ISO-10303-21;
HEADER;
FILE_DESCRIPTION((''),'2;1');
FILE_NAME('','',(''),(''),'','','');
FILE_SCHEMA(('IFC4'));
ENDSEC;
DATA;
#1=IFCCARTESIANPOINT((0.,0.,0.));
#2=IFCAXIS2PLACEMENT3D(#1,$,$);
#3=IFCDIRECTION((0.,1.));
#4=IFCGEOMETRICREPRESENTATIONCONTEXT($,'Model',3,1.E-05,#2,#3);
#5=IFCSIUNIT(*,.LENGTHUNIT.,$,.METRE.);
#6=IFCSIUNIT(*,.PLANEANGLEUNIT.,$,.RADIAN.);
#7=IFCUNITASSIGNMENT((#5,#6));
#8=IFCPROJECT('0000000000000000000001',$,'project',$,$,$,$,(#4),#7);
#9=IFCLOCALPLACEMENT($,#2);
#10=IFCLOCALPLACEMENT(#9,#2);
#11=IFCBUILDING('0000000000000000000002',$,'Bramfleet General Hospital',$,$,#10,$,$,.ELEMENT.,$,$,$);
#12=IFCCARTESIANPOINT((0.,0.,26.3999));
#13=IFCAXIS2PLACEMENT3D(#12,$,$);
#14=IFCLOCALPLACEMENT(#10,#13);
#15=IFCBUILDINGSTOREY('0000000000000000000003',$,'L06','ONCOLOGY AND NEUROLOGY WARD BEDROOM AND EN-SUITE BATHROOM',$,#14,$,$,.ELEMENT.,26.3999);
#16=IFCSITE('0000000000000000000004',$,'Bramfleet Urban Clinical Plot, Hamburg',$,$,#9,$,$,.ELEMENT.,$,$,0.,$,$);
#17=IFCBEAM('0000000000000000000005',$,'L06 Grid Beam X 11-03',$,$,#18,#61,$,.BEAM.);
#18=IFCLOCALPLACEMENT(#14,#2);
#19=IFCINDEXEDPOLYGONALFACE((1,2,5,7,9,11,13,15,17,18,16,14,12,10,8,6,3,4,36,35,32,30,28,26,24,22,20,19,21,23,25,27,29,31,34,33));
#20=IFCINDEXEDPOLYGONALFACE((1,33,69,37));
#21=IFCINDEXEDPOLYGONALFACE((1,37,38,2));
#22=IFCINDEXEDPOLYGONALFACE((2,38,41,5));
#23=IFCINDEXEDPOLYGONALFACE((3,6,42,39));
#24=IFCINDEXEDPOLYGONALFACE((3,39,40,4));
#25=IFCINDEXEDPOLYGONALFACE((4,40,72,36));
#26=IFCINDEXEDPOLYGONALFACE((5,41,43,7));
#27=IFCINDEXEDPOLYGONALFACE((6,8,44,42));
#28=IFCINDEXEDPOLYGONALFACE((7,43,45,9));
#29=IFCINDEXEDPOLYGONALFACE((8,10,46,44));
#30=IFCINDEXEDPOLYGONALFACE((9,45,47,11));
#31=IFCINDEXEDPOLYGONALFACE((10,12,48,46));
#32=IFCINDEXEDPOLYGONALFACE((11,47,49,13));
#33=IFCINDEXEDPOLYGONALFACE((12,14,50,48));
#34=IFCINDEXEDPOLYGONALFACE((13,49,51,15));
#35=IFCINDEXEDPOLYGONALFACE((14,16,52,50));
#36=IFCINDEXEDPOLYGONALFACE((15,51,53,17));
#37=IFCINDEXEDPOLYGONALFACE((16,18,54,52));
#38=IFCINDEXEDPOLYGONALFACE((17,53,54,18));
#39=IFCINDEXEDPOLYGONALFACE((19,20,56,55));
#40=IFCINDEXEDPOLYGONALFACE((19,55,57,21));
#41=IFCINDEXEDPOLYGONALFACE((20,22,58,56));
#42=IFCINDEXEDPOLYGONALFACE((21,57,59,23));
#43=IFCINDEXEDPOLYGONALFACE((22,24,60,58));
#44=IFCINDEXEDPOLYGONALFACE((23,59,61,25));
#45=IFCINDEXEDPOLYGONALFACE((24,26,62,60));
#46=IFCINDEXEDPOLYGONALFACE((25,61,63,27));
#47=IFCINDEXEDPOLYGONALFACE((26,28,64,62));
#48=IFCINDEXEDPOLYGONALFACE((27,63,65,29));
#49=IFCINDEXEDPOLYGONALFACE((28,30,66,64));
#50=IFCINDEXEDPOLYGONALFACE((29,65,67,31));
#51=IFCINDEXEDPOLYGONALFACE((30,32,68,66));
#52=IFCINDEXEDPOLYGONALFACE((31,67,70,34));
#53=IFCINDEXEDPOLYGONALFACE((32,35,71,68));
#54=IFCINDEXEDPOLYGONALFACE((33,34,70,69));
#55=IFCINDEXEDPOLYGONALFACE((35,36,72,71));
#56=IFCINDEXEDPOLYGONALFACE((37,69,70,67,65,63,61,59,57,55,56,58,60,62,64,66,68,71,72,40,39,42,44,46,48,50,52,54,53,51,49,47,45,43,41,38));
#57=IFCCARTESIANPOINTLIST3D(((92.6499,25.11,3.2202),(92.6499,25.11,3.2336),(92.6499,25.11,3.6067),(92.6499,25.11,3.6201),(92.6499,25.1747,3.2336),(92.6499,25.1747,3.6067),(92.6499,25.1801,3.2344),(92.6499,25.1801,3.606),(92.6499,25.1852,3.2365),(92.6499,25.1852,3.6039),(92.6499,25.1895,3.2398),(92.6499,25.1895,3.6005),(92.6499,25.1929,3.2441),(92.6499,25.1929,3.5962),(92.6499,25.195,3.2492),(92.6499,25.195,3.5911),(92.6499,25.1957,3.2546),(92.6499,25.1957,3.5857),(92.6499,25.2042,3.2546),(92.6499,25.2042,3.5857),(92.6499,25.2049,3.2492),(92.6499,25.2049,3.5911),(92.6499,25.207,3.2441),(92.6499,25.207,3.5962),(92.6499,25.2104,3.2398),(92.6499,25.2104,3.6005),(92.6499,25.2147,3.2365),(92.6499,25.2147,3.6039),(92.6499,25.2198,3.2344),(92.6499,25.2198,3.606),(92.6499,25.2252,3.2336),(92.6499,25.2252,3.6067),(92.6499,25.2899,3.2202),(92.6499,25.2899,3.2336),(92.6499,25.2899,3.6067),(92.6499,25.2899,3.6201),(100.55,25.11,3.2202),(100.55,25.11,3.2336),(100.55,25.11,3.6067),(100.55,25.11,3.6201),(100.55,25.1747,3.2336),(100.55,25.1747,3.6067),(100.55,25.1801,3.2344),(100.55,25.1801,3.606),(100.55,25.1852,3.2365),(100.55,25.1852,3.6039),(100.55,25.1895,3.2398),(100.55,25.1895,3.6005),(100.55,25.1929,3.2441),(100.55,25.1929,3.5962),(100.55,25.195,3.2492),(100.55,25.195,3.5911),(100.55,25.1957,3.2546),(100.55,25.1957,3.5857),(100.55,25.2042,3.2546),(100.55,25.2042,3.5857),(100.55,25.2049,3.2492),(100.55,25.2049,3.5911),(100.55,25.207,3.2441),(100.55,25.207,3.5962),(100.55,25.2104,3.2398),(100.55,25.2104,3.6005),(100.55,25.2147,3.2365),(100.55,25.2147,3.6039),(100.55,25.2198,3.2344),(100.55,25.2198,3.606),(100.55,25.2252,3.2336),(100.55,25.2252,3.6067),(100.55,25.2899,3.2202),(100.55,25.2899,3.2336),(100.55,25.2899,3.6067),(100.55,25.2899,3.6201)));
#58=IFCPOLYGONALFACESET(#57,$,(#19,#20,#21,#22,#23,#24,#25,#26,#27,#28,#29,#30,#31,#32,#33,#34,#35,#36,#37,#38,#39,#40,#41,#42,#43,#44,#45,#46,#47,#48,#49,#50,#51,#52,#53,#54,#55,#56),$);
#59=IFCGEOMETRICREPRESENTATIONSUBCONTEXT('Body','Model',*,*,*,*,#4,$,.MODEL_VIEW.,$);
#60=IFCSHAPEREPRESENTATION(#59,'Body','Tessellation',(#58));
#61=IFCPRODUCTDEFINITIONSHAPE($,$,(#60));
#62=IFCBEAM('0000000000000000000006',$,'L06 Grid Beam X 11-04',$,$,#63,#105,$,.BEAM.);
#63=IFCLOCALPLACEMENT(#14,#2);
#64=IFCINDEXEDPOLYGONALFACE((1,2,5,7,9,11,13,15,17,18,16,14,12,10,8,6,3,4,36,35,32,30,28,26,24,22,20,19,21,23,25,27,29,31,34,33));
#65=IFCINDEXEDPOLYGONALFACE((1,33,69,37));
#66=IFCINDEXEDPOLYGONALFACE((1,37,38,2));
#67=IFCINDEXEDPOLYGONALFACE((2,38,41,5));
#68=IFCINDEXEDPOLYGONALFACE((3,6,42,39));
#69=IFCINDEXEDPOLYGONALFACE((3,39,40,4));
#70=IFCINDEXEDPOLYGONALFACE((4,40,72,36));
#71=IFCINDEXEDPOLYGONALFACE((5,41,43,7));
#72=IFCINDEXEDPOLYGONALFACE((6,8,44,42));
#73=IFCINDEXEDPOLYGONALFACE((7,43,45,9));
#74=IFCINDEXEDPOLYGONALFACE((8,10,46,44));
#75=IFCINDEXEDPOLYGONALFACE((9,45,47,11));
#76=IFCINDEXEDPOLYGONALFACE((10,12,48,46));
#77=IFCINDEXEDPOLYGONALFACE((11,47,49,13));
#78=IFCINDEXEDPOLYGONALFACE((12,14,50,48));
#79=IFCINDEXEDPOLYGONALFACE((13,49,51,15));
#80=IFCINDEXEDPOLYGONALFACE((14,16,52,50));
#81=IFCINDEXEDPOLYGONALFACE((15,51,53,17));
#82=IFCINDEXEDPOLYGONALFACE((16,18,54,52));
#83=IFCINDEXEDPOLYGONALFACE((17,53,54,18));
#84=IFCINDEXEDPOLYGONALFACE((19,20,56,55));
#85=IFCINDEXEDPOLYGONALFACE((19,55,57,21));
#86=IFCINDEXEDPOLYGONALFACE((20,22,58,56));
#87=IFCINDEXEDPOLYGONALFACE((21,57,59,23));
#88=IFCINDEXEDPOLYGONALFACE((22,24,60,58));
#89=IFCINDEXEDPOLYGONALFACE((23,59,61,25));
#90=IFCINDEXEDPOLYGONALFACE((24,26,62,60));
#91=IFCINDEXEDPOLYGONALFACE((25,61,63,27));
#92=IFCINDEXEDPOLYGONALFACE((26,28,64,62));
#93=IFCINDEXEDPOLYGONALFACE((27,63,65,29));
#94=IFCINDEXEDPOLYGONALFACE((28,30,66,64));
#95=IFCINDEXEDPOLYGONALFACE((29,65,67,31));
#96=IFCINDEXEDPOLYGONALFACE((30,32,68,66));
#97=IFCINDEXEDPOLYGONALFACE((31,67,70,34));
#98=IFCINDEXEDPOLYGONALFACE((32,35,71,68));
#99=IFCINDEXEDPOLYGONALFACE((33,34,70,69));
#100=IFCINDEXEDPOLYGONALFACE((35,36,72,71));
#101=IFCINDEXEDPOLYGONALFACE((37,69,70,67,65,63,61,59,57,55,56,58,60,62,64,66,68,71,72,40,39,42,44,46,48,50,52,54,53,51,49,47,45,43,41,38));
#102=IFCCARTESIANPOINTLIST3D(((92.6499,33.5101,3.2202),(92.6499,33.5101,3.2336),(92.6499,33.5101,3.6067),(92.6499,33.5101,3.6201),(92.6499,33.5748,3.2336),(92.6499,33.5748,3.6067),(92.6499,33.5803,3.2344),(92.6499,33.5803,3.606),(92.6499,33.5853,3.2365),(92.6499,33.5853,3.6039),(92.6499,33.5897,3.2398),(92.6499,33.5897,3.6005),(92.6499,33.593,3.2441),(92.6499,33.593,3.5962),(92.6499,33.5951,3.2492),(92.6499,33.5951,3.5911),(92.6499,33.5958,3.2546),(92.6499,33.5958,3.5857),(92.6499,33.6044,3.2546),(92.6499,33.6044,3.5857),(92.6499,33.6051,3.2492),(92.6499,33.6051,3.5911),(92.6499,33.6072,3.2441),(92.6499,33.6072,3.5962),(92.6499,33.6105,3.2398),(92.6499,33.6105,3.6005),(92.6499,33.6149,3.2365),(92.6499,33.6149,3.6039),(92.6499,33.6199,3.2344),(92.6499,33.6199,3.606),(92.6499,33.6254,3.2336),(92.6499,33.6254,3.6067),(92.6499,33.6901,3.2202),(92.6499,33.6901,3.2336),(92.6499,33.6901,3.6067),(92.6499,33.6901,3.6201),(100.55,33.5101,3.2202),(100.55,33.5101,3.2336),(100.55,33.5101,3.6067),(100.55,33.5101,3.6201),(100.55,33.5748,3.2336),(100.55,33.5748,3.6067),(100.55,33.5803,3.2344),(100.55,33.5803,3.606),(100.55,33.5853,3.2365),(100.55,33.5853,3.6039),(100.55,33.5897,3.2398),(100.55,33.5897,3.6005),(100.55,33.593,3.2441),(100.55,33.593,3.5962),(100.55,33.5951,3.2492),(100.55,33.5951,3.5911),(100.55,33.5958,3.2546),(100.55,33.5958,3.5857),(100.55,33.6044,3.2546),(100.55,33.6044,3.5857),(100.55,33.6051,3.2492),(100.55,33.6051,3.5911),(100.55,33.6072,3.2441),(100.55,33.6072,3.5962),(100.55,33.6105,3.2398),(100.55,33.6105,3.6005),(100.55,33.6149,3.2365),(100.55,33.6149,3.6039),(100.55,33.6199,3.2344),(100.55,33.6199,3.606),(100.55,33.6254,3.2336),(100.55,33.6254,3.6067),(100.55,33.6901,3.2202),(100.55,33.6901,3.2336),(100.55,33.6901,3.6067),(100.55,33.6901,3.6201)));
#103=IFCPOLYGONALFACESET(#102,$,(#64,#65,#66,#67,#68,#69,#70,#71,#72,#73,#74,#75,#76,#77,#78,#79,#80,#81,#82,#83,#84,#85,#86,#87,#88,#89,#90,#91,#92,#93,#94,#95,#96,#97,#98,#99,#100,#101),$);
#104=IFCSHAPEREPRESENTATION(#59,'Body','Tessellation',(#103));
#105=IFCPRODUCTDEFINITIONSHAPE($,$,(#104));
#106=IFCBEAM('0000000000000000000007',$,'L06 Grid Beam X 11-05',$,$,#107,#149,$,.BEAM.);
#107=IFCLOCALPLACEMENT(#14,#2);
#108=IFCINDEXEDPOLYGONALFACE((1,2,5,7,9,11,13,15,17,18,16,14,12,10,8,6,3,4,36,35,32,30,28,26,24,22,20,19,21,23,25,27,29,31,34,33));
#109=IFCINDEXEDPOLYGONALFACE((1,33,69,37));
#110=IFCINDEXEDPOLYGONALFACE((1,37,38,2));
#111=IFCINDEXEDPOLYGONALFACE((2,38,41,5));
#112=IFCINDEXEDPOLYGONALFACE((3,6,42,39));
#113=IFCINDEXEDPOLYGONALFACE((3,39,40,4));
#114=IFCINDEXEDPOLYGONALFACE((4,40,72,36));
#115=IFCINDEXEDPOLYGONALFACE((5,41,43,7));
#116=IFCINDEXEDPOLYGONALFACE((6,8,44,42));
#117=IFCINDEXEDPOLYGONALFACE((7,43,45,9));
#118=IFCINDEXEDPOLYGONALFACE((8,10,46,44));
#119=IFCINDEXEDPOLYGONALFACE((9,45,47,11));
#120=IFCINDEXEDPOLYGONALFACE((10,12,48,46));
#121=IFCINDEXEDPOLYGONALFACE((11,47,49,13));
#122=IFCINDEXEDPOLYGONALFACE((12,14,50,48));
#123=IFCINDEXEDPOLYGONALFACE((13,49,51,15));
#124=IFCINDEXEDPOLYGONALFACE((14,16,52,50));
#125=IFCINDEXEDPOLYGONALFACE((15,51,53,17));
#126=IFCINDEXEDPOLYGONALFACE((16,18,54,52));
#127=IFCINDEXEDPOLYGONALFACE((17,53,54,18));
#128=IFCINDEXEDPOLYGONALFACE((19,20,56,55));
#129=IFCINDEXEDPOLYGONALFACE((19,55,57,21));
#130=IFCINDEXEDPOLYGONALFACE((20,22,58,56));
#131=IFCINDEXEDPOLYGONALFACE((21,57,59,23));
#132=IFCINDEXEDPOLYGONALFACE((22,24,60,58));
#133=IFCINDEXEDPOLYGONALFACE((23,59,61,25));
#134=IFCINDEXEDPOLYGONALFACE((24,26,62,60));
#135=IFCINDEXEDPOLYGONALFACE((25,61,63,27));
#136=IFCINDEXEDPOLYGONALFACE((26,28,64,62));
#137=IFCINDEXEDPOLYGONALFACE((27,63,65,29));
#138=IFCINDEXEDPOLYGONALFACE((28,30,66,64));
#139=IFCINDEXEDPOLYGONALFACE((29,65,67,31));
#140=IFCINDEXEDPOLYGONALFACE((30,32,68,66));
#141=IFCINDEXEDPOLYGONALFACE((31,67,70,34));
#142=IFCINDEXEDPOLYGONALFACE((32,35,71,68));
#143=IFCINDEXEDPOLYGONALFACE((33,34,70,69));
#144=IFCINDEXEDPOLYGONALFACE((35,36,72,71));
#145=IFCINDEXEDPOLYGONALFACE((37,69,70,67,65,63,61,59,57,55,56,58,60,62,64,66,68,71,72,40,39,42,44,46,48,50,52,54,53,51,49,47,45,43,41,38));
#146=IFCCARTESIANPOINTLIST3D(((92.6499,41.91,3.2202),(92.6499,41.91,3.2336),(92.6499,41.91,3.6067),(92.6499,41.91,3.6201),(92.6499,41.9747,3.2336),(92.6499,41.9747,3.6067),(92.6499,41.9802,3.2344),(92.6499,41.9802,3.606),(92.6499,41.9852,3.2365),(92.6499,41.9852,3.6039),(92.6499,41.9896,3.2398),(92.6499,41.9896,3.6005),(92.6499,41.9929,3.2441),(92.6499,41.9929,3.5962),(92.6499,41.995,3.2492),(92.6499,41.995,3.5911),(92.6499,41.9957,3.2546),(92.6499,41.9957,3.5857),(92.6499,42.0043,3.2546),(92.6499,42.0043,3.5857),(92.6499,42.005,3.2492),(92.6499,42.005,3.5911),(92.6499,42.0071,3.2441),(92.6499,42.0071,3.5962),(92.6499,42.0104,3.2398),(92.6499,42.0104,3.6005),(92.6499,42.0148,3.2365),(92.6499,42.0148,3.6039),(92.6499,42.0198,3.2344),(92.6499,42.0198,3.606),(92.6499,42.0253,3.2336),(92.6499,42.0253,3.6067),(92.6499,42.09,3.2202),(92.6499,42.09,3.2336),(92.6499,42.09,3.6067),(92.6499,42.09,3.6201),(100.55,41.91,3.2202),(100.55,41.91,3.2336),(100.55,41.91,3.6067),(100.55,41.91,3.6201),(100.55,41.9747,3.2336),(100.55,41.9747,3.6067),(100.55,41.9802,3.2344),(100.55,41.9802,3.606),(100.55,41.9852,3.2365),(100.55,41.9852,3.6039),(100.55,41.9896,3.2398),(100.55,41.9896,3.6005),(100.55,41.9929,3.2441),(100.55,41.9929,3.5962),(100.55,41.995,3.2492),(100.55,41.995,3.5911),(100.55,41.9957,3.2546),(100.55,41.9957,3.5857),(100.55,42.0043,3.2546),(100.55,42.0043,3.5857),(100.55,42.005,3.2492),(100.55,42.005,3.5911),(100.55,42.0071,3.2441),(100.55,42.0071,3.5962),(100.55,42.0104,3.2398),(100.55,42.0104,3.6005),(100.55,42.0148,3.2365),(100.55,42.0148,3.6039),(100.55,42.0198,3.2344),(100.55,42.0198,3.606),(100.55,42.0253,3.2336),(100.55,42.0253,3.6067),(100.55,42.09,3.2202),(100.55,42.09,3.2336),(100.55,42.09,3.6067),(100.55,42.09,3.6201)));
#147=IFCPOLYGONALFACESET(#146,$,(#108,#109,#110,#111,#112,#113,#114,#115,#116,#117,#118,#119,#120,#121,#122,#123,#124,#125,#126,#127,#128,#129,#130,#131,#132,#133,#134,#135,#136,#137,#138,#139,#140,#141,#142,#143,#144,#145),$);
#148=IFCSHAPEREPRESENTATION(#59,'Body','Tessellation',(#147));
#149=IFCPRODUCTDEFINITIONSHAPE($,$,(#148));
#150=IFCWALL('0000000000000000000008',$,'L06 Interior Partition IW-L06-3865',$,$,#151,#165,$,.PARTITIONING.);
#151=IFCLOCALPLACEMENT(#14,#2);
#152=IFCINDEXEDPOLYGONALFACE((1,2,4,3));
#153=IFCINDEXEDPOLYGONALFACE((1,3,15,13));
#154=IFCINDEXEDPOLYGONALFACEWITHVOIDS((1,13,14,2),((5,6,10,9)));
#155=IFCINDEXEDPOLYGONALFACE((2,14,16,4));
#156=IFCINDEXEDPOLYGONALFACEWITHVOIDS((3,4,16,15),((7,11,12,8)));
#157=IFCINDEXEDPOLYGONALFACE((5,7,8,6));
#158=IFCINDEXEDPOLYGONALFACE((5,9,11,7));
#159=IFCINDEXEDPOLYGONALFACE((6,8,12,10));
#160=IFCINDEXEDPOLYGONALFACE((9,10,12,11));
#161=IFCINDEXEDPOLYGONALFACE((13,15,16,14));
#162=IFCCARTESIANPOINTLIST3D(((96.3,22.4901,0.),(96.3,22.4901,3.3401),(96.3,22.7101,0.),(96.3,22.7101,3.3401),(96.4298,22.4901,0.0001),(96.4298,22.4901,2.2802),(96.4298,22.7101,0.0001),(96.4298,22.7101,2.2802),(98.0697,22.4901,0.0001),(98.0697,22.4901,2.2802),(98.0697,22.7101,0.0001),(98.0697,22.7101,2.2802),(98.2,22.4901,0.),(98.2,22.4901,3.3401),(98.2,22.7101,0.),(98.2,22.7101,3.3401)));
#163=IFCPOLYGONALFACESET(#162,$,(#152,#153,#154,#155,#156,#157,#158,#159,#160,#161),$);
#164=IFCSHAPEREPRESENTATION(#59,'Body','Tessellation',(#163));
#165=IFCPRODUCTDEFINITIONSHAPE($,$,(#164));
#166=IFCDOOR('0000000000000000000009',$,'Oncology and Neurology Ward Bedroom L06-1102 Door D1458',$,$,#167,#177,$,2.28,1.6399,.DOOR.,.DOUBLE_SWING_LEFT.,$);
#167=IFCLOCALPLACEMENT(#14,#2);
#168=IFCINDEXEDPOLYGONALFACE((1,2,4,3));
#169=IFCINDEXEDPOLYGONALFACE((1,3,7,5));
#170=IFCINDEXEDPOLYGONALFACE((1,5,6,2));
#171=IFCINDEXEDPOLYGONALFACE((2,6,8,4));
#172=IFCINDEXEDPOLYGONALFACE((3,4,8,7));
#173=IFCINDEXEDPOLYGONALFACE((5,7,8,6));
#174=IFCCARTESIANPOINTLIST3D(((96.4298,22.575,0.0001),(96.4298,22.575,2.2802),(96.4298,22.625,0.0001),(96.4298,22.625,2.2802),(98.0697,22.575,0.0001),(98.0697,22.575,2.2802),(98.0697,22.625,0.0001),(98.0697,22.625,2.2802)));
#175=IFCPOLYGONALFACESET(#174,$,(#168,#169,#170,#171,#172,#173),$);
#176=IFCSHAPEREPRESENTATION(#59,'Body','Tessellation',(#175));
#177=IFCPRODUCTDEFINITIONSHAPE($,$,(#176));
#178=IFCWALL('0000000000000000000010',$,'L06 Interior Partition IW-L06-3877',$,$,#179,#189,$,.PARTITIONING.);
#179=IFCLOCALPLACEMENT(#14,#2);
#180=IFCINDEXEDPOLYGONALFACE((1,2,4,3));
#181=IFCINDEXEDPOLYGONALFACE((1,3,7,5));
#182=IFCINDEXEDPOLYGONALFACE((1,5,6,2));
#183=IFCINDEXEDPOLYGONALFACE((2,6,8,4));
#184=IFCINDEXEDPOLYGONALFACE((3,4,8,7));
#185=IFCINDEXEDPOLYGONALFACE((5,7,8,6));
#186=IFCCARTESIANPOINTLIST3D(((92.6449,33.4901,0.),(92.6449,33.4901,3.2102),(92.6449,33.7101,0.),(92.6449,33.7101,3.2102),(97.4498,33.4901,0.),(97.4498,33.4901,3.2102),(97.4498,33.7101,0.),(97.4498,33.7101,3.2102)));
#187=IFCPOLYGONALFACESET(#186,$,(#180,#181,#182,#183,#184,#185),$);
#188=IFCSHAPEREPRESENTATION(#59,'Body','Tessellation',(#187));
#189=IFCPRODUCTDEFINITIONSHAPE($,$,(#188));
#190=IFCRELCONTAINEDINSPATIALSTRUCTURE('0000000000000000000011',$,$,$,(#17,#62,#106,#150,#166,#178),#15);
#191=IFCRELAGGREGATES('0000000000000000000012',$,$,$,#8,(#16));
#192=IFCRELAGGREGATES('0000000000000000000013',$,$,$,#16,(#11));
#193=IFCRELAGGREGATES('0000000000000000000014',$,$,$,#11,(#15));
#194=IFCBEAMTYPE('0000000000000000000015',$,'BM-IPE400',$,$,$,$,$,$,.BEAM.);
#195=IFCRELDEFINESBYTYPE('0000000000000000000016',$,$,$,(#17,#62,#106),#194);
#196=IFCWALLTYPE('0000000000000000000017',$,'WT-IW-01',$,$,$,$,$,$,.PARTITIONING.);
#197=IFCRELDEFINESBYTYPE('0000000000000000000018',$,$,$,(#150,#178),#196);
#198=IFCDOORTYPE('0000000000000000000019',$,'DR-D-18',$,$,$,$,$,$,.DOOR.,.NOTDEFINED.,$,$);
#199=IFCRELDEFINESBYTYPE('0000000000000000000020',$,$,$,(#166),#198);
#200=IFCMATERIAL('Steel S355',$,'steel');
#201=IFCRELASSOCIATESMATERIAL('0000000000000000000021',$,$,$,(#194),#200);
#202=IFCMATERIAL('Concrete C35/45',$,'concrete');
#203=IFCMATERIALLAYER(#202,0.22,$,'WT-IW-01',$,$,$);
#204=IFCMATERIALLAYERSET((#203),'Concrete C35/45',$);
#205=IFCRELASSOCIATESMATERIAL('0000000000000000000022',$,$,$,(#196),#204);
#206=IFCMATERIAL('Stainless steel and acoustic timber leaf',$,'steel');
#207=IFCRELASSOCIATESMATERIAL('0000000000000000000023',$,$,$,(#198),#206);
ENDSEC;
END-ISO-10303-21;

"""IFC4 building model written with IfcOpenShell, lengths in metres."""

from ifc_helpers import new_model, si_unit, direction, frame, frame_2d, origin, origin_2d, place, context, subcontext, project, spatial, rectangle, i_section, extrude, material, layer, layer_set, material_profile, profile_set, type_object, element, fill, save


model = new_model("IFC4")

# Units and contexts
model_context = context("Model", 3, precision=1e-05, world=origin(), true_north=direction((0.0, 1.0)))
body_context = subcontext(model_context, "Body", "Model", "MODEL_VIEW")
ifc_project = project(units=[si_unit("LENGTHUNIT", "METRE"), si_unit("PLANEANGLEUNIT", "RADIAN")], contexts=[model_context])

# Site, building, storey
site_placement = place(None, origin())
site = spatial("IfcSite", under=ifc_project, at=site_placement, Name="Bramfleet Urban Clinical Plot, Hamburg", CompositionType="ELEMENT", RefElevation=0.0)
building_placement = place(site_placement, origin())
building = spatial("IfcBuilding", under=site, at=building_placement, Name="Bramfleet General Hospital", CompositionType="ELEMENT")
storey_placement = place(building_placement, frame((0.0, 0.0, 26.3999)))
storey = spatial("IfcBuildingStorey", under=building, at=storey_placement, Name="L06", Description="ONCOLOGY AND NEUROLOGY WARD BEDROOM AND EN-SUITE BATHROOM", CompositionType="ELEMENT", Elevation=26.3999)

# Beams
ifc_material_1 = material(Name="Steel S355", Category="steel")
ifc_material_profile_1 = material_profile(ifc_material_1, i_section(OverallWidth=0.1799, OverallDepth=0.3999, WebThickness=0.0085, FlangeThickness=0.0134, FilletRadius=0.021, at=origin_2d()), Name="IPE 400")
ifc_profile_set_1 = profile_set([ifc_material_profile_1], Name="Steel S355")
beam_type_1 = type_object("IfcBeamType", Name="BM-IPE400", PredefinedType="BEAM", material=ifc_profile_set_1)
for number, where, z_axis, x_axis, name in (
    (1, (92.6499, 25.2, 3.4202), (1.0, 0.0, 0.0), (0.0, 1.0, 0.0), "L06 Grid Beam X 11-03"),
    (2, (92.6499, 33.6001, 3.4202), (1.0, 0.0, 0.0), (0.0, 1.0, 0.0), "L06 Grid Beam X 11-04"),
    (3, (92.6499, 42.0, 3.4202), (1.0, 0.0, 0.0), (0.0, 1.0, 0.0), "L06 Grid Beam X 11-05"),
):
    element("IfcBeam", number, at=place(storey_placement, frame(where, z_axis=z_axis, x_axis=x_axis)), inside=storey, type_object=beam_type_1, Name=name, PredefinedType="BEAM", context=body_context, shape_type="SweptSolid", body=[
        extrude(i_section(OverallWidth=0.1799, OverallDepth=0.3999, WebThickness=0.0085, FlangeThickness=0.0134, FilletRadius=0.021, at=origin_2d()), origin(), (0.0, 0.0, 1.0), 7.9001),
    ])

# Wall, opening, door
ifc_material_2 = material(Name="Concrete C35/45", Category="concrete")
ifc_layer_1 = layer(ifc_material_2, 0.22, Name="WT-IW-01")
ifc_layer_set_1 = layer_set([ifc_layer_1], Name="Concrete C35/45")
wall_type_1 = type_object("IfcWallType", Name="WT-IW-01", PredefinedType="PARTITIONING", material=ifc_layer_set_1)
wall_1_placement = place(storey_placement, frame((96.3, 22.6001, 0.0), z_axis=(0.0, 0.0, 1.0), x_axis=(1.0, 0.0, 0.0)))
wall_1 = element("IfcWall", 4, at=wall_1_placement, inside=storey, type_object=wall_type_1, Name="L06 Interior Partition IW-L06-3865", PredefinedType="PARTITIONING", context=body_context, shape_type="SweptSolid", body=[
    extrude(rectangle(XDim=1.8999, YDim=0.22, at=frame_2d((0.95, 0.0))), origin(), (0.0, 0.0, 1.0), 3.3401),
])
opening_1_placement = place(wall_1_placement, frame((0.1299, 0.0, 0.0)))
opening_1 = element("IfcOpeningElement", 5, at=opening_1_placement, cuts=wall_1, PredefinedType="OPENING", context=body_context, shape_type="SweptSolid", body=[
    extrude(rectangle(XDim=1.6399, YDim=2.28, at=frame_2d((0.8198, 1.1401))), frame((0.0, 0.1199, 0.0), z_axis=(0.0, -1.0, 0.0), x_axis=(1.0, 0.0, 0.0)), (0.0, 0.0, 1.0), 0.24),
])
ifc_material_3 = material(Name="Stainless steel and acoustic timber leaf", Category="steel")
door_type_1 = type_object("IfcDoorType", Name="DR-D-18", OperationType="NOTDEFINED", PredefinedType="DOOR", material=ifc_material_3)
door_1_placement = place(opening_1_placement, origin())
door_1 = element("IfcDoor", 6, at=door_1_placement, inside=storey, type_object=door_type_1, Name="Oncology and Neurology Ward Bedroom L06-1102 Door D1458", OperationType="DOUBLE_SWING_LEFT", OverallHeight=2.28, OverallWidth=1.6399, PredefinedType="DOOR", context=body_context, shape_type="SweptSolid", body=[
    extrude(rectangle(XDim=1.6399, YDim=2.28, at=frame_2d((0.8198, 1.1401))), frame((0.0, 0.0249, 0.0), z_axis=(0.0, -1.0, 0.0), x_axis=(1.0, 0.0, 0.0)), (0.0, 0.0, 1.0), 0.05),
])
fill(opening_1, door_1)

# Wall
wall_2_placement = place(storey_placement, frame((92.645, 33.6001, 0.0), z_axis=(0.0, 0.0, 1.0), x_axis=(1.0, 0.0, 0.0)))
element("IfcWall", 7, at=wall_2_placement, inside=storey, type_object=wall_type_1, Name="L06 Interior Partition IW-L06-3877", PredefinedType="PARTITIONING", context=body_context, shape_type="SweptSolid", body=[
    extrude(rectangle(XDim=4.8049, YDim=0.22, at=frame_2d((2.4023, 0.0))), origin(), (0.0, 0.0, 1.0), 3.2102),
])

save(model, "model.ifc")
